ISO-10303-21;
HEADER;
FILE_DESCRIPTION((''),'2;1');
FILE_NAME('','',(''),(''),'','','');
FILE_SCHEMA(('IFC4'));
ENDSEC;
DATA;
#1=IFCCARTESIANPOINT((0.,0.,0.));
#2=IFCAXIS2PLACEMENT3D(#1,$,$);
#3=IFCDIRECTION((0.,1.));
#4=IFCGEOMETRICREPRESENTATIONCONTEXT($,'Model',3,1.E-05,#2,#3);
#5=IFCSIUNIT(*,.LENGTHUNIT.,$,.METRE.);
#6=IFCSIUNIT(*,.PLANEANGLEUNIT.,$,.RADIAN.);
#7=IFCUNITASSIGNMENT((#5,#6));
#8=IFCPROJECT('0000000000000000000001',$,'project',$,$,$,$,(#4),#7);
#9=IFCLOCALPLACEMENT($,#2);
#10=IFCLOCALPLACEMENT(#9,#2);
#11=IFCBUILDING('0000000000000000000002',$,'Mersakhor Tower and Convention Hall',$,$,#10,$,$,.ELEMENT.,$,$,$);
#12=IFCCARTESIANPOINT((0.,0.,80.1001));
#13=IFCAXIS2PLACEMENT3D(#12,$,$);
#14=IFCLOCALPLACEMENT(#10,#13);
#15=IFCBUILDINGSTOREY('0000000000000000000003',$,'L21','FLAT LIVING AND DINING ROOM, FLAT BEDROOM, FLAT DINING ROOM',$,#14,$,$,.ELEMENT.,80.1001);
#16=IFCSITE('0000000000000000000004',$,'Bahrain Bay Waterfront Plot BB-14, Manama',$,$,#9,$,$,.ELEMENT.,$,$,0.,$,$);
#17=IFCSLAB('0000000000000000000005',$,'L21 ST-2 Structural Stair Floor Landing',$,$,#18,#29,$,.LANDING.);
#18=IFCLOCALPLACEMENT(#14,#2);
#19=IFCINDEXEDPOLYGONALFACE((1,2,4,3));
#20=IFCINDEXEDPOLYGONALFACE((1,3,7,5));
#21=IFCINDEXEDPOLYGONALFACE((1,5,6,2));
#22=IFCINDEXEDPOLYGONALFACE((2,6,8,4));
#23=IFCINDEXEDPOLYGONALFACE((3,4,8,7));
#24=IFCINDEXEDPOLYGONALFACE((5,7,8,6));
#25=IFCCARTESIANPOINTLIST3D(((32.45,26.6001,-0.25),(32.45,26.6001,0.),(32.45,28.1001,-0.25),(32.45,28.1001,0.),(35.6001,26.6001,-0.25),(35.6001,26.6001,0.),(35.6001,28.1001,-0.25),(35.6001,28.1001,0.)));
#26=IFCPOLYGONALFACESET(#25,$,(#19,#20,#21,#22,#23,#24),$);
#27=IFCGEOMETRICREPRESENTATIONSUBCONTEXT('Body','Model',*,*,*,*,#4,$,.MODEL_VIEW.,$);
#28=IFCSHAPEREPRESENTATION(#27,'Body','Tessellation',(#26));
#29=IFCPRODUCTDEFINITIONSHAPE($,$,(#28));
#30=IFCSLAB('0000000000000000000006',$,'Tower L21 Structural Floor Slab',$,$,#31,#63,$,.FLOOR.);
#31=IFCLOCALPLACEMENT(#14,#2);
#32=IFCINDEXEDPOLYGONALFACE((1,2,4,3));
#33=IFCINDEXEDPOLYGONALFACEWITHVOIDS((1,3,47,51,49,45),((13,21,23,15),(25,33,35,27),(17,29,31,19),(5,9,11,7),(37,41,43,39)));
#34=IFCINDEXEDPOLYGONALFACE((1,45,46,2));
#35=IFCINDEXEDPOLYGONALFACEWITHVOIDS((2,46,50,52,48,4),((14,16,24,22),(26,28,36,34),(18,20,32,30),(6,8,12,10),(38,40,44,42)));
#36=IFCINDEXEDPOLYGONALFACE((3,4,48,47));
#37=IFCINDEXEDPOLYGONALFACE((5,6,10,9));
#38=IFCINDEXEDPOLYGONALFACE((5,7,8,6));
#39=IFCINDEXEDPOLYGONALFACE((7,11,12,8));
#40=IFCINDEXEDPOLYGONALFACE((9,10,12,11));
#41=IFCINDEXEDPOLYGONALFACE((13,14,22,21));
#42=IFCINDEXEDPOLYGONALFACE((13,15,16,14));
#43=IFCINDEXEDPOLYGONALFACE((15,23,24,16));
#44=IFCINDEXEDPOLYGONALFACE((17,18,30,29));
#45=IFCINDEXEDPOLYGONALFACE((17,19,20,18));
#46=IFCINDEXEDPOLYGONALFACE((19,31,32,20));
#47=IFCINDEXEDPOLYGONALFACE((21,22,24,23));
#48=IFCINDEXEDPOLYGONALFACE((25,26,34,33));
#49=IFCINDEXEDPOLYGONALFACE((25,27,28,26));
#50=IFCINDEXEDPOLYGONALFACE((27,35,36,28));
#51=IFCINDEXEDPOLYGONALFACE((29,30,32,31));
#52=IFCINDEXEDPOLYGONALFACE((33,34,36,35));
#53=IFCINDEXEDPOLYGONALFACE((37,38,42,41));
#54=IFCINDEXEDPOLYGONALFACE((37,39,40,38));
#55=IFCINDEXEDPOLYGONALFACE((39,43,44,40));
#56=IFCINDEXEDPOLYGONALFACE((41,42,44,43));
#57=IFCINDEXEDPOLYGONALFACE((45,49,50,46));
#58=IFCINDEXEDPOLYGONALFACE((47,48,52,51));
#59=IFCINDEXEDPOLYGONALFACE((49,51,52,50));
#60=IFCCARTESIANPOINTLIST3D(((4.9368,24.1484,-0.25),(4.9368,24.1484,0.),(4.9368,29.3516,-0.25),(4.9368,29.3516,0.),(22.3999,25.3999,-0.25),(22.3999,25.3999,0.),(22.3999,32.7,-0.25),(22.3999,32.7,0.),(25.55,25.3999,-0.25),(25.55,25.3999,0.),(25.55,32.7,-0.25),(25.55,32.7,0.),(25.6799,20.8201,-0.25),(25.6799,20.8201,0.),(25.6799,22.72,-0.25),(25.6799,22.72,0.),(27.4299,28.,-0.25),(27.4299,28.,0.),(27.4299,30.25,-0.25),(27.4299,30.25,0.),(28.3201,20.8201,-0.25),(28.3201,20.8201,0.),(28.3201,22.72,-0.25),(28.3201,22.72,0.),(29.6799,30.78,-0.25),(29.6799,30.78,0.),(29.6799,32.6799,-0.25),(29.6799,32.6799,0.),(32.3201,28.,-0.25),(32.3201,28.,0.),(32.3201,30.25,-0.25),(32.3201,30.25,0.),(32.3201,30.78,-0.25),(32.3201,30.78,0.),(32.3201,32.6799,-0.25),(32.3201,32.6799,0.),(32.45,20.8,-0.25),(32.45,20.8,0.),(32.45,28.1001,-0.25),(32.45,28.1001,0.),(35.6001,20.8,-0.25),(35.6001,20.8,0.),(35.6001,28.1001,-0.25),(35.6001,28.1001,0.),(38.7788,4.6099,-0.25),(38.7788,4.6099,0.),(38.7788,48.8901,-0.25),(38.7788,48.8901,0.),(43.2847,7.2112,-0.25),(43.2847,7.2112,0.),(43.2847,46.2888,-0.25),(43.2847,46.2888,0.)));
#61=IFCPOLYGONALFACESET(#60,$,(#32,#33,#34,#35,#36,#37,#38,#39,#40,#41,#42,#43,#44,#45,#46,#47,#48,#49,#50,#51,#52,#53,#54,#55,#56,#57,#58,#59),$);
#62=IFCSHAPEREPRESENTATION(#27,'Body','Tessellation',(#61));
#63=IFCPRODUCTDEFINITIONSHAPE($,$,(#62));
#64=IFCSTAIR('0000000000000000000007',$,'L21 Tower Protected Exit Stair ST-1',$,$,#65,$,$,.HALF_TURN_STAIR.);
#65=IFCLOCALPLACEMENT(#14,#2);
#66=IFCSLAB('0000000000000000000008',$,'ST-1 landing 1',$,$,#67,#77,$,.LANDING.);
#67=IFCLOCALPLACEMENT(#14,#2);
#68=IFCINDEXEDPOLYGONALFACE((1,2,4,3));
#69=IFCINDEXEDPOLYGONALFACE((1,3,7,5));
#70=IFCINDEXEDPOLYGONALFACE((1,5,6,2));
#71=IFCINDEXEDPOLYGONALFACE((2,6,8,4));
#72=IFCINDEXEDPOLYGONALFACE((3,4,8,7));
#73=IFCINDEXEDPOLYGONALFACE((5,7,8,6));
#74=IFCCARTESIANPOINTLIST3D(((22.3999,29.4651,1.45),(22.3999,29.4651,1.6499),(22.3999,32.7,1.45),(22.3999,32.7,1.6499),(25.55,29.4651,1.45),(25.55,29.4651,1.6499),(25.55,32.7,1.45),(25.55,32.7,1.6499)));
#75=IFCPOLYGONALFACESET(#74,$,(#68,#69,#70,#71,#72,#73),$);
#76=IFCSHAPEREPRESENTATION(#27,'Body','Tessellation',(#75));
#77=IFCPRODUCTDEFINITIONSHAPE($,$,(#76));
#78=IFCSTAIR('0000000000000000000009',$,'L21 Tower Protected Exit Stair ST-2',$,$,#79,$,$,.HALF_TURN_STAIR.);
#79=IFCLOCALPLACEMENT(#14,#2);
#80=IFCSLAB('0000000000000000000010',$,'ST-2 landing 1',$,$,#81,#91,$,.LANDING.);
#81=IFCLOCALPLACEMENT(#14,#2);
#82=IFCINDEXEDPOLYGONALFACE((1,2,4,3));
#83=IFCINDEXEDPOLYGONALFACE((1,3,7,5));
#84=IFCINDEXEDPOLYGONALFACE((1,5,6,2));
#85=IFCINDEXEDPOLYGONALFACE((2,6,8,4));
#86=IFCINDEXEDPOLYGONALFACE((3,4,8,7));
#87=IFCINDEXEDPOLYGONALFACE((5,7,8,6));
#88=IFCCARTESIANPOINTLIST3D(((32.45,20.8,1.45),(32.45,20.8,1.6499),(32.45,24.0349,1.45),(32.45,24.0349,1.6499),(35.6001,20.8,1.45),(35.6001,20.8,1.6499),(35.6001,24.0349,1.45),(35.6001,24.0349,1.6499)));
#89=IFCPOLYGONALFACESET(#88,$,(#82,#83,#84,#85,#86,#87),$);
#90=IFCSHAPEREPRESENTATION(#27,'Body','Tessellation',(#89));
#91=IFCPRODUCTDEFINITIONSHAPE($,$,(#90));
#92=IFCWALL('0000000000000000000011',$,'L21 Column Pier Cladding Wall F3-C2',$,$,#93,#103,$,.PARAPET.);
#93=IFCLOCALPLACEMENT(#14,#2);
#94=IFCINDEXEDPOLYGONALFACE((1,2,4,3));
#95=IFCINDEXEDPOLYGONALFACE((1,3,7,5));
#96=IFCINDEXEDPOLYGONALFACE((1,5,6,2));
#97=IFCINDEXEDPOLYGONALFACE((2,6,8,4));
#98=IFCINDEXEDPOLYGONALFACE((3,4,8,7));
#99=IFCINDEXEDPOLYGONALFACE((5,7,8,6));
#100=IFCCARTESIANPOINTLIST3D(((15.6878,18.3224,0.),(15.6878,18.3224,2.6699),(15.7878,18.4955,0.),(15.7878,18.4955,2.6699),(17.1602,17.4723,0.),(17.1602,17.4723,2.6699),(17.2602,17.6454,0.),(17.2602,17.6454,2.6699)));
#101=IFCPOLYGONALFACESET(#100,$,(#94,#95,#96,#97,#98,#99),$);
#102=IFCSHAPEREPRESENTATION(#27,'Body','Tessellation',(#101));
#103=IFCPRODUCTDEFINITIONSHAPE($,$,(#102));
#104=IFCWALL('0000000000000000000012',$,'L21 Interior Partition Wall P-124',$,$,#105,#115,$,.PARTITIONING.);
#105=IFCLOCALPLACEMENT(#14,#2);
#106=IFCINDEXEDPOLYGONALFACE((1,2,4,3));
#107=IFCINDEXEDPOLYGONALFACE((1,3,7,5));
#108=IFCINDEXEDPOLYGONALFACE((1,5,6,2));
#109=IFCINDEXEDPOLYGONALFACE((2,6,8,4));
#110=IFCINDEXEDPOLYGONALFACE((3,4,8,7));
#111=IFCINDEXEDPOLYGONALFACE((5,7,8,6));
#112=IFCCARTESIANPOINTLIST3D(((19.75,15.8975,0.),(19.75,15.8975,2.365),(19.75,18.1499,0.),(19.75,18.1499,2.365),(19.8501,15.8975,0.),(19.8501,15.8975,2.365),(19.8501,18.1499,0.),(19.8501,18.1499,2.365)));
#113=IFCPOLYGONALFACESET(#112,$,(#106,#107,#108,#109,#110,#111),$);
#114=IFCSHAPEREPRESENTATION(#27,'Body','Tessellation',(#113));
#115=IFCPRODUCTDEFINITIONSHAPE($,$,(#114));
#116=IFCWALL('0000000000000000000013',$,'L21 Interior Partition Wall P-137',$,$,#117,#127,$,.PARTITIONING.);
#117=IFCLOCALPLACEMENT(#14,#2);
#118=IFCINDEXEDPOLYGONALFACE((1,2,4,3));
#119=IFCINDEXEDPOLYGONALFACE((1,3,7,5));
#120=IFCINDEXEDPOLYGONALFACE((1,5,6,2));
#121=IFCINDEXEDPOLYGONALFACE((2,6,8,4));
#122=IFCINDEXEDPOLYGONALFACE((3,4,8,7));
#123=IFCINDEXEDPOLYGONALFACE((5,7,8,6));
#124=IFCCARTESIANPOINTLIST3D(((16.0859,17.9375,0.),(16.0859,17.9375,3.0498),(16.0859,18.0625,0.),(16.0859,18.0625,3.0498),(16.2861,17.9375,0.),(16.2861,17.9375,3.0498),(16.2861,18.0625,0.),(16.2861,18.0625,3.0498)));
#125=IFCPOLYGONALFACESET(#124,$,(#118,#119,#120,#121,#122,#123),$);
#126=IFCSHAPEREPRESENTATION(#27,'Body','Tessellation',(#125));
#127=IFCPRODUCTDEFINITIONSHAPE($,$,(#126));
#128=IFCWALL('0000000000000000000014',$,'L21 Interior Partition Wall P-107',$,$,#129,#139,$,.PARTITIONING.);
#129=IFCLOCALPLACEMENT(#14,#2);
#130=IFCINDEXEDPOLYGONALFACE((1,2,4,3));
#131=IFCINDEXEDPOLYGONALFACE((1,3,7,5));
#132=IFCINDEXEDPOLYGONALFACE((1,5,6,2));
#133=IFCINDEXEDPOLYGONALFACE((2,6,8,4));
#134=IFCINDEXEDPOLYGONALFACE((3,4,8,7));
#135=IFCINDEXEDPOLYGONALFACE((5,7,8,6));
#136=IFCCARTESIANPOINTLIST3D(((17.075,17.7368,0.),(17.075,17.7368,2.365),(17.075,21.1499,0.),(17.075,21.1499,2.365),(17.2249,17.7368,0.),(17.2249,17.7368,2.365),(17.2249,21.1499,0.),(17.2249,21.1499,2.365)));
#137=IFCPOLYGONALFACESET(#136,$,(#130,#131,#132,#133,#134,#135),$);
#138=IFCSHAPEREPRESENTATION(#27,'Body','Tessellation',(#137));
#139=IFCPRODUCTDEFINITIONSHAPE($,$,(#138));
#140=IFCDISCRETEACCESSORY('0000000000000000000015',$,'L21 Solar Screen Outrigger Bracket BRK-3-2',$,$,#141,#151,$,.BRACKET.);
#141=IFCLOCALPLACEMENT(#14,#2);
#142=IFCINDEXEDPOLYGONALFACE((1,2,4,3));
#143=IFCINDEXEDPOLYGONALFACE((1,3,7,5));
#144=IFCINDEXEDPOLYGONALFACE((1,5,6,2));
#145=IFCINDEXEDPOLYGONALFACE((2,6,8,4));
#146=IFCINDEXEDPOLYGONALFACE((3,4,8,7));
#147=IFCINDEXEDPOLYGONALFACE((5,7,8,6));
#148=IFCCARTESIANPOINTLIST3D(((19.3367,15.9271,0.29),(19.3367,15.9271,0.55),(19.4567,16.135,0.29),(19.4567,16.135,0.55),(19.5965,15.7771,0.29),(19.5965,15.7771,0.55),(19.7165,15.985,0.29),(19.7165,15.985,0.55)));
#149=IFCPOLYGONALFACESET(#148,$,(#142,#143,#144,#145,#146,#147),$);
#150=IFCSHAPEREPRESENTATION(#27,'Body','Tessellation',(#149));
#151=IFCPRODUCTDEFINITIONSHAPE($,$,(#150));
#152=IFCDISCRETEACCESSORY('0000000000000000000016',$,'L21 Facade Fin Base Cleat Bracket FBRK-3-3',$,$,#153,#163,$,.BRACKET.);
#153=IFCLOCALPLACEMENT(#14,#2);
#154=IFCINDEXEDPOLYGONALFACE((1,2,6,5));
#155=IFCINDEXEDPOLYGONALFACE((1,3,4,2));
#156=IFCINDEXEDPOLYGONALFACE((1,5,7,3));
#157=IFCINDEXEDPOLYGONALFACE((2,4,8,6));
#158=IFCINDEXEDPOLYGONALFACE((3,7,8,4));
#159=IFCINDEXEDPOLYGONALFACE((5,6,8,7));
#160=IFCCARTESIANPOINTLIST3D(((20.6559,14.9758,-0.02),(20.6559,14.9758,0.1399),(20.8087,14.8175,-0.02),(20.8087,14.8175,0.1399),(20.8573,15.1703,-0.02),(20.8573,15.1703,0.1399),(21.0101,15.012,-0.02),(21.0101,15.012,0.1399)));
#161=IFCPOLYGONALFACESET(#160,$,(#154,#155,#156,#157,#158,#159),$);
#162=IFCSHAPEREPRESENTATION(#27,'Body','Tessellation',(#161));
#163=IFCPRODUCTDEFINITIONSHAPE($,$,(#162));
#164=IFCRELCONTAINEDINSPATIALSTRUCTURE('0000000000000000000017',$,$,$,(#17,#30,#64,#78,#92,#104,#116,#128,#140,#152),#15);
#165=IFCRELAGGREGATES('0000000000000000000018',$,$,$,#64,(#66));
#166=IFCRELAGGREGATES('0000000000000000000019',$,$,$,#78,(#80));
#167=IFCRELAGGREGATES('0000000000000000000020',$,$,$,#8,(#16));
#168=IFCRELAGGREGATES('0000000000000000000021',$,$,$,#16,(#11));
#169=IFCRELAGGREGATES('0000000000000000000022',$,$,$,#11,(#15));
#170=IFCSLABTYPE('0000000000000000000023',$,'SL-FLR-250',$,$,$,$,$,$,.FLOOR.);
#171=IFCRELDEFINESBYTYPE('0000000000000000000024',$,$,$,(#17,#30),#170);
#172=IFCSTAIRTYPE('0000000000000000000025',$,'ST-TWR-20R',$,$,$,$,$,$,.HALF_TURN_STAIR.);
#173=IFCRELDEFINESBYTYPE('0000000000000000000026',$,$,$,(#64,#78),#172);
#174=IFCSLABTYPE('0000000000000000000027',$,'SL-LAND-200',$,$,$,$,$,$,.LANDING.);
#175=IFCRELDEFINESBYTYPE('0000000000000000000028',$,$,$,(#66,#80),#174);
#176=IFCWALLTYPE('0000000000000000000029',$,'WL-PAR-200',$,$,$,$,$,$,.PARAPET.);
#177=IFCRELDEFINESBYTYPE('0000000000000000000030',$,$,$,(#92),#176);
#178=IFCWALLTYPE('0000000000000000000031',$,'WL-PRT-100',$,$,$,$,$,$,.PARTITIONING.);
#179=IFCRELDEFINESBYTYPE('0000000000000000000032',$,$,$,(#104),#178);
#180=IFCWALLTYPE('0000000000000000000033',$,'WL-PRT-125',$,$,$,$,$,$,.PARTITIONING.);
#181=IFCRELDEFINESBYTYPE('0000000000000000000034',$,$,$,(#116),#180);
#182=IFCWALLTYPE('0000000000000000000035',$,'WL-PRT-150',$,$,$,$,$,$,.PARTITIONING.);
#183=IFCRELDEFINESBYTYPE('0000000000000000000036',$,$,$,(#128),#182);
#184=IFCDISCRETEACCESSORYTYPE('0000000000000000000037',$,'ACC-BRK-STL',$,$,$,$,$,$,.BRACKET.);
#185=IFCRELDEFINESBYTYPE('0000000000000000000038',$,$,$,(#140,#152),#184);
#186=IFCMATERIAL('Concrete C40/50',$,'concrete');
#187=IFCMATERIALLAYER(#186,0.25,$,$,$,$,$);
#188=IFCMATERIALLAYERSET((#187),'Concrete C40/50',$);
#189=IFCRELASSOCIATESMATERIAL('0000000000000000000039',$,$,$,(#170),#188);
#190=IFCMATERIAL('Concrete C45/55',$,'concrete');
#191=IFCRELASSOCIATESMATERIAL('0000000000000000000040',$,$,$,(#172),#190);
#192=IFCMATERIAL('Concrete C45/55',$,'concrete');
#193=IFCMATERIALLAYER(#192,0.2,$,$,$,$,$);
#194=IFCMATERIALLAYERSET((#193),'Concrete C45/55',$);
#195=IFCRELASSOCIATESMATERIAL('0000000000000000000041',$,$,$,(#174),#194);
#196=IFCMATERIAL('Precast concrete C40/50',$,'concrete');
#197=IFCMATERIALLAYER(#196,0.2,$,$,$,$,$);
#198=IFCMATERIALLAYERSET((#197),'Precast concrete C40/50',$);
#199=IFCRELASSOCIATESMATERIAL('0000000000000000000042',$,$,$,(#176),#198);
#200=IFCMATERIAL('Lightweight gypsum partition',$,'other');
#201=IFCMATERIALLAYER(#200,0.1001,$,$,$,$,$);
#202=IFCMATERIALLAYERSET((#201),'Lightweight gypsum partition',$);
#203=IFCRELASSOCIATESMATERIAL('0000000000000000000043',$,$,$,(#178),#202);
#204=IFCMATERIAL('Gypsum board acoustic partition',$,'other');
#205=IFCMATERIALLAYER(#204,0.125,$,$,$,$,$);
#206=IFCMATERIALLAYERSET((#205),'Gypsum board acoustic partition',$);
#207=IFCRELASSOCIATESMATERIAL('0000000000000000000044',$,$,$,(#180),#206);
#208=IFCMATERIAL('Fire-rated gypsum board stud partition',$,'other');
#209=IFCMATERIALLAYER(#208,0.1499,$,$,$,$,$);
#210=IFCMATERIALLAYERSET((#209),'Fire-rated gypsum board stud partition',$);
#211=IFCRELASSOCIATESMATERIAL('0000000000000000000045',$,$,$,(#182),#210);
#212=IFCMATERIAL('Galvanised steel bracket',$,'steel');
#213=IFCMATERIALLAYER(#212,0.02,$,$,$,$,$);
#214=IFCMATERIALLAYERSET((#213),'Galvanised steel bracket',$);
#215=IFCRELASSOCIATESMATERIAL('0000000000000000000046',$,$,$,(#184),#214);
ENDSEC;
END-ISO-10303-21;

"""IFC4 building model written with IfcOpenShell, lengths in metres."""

from ifc_helpers import new_model, si_unit, direction, frame, frame_2d, origin, origin_2d, place, context, subcontext, project, spatial, polyline, rectangle, outline, extrude, material, layer, layer_set, type_object, element, aggregate, save


model = new_model("IFC4")

# Units and contexts
model_context = context("Model", 3, precision=1e-05, world=origin(), true_north=direction((0.0, 1.0)))
body_context = subcontext(model_context, "Body", "Model", "MODEL_VIEW")
ifc_project = project(units=[si_unit("LENGTHUNIT", "METRE"), si_unit("PLANEANGLEUNIT", "RADIAN")], contexts=[model_context])

# Site, building, storey
site_placement = place(None, origin())
site = spatial("IfcSite", under=ifc_project, at=site_placement, Name="Bahrain Bay Waterfront Plot BB-14, Manama", CompositionType="ELEMENT", RefElevation=0.0)
building_placement = place(site_placement, origin())
building = spatial("IfcBuilding", under=site, at=building_placement, Name="Mersakhor Tower and Convention Hall", CompositionType="ELEMENT")
storey_placement = place(building_placement, frame((0.0, 0.0, 80.1001)))
storey = spatial("IfcBuildingStorey", under=building, at=storey_placement, Name="L21", Description="FLAT LIVING AND DINING ROOM, FLAT BEDROOM, FLAT DINING ROOM", CompositionType="ELEMENT", Elevation=80.1001)

# Slabs
ifc_material_1 = material(Name="Concrete C40/50", Category="concrete")
ifc_layer_1 = layer(ifc_material_1, 0.25)
ifc_layer_set_1 = layer_set([ifc_layer_1], Name="Concrete C40/50")
slab_type_1 = type_object("IfcSlabType", Name="SL-FLR-250", PredefinedType="FLOOR", material=ifc_layer_set_1)
slab_1_placement = place(storey_placement, frame((0.0, 0.0, -0.25)))
element("IfcSlab", 1, at=slab_1_placement, inside=storey, type_object=slab_type_1, Name="L21 ST-2 Structural Stair Floor Landing", PredefinedType="LANDING", context=body_context, shape_type="SweptSolid", body=[
    extrude(outline(polyline([(32.45, 28.1001), (32.45, 26.6001), (35.6001, 26.6001), (35.6001, 28.1001), (32.45, 28.1001)])), origin(), (0.0, 0.0, 1.0), 0.25),
])
slab_2_placement = place(storey_placement, frame((0.0, 0.0, -0.25)))
element("IfcSlab", 2, at=slab_2_placement, inside=storey, type_object=slab_type_1, Name="Tower L21 Structural Floor Slab", PredefinedType="FLOOR", context=body_context, shape_type="SweptSolid", body=[
    extrude(outline(polyline([(4.9368, 29.3516), (38.7788, 48.8901), (43.2847, 46.2888), (43.2847, 7.2112), (38.7788, 4.6099), (4.9368, 24.1484), (4.9368, 29.3516)]), holes=[polyline([(25.55, 25.3999), (25.55, 32.7), (22.3999, 32.7), (22.3999, 25.3999), (25.55, 25.3999)]), polyline([(32.45, 28.1001), (32.45, 20.8), (35.6001, 20.8), (35.6001, 28.1001), (32.45, 28.1001)]), polyline([(25.6799, 20.8201), (25.6799, 22.72), (28.3201, 22.72), (28.3201, 20.8201), (25.6799, 20.8201)]), polyline([(29.6799, 30.78), (29.6799, 32.6799), (32.3201, 32.6799), (32.3201, 30.78), (29.6799, 30.78)]), polyline([(27.4299, 28.0), (27.4299, 30.25), (32.3201, 30.25), (32.3201, 28.0), (27.4299, 28.0)])]), origin(), (0.0, 0.0, 1.0), 0.25),
])

# Stairs, slabs
ifc_material_2 = material(Name="Concrete C45/55", Category="concrete")
stair_type = type_object("IfcStairType", Name="ST-TWR-20R", PredefinedType="HALF_TURN_STAIR", material=ifc_material_2)
stair_1_placement = place(storey_placement, origin())
stair_1 = element("IfcStair", 3, at=stair_1_placement, inside=storey, type_object=stair_type, Name="L21 Tower Protected Exit Stair ST-1", PredefinedType="HALF_TURN_STAIR")
ifc_material_3 = material(Name="Concrete C45/55", Category="concrete")
ifc_layer_2 = layer(ifc_material_3, 0.2)
ifc_layer_set_2 = layer_set([ifc_layer_2], Name="Concrete C45/55")
slab_type_2 = type_object("IfcSlabType", Name="SL-LAND-200", PredefinedType="LANDING", material=ifc_layer_set_2)
slab_3_placement = place(storey_placement, frame((0.0, 0.0, 1.45)))
slab_3 = element("IfcSlab", 4, at=slab_3_placement, type_object=slab_type_2, Name="ST-1 landing 1", PredefinedType="LANDING", context=body_context, shape_type="SweptSolid", body=[
    extrude(outline(polyline([(25.55, 29.4651), (25.55, 32.7), (22.3999, 32.7), (22.3999, 29.4651), (25.55, 29.4651)])), origin(), (0.0, 0.0, 1.0), 0.2),
])
aggregate(stair_1, [slab_3])
stair_2_placement = place(storey_placement, origin())
stair_2 = element("IfcStair", 5, at=stair_2_placement, inside=storey, type_object=stair_type, Name="L21 Tower Protected Exit Stair ST-2", PredefinedType="HALF_TURN_STAIR")
slab_4_placement = place(storey_placement, frame((0.0, 0.0, 1.45)))
slab_4 = element("IfcSlab", 6, at=slab_4_placement, type_object=slab_type_2, Name="ST-2 landing 1", PredefinedType="LANDING", context=body_context, shape_type="SweptSolid", body=[
    extrude(outline(polyline([(32.45, 24.0349), (32.45, 20.8), (35.6001, 20.8), (35.6001, 24.0349), (32.45, 24.0349)])), origin(), (0.0, 0.0, 1.0), 0.2),
])
aggregate(stair_2, [slab_4])

# Walls
ifc_material_4 = material(Name="Precast concrete C40/50", Category="concrete")
ifc_layer_3 = layer(ifc_material_4, 0.2)
ifc_layer_set_3 = layer_set([ifc_layer_3], Name="Precast concrete C40/50")
wall_type_1 = type_object("IfcWallType", Name="WL-PAR-200", PredefinedType="PARAPET", material=ifc_layer_set_3)
wall_1_placement = place(storey_placement, frame((17.2102, 17.5588, 0.0), z_axis=(0.0, 0.0, 1.0), x_axis=(-0.866025, 0.5, 0.0)))
element("IfcWall", 7, at=wall_1_placement, inside=storey, type_object=wall_type_1, Name="L21 Column Pier Cladding Wall F3-C2", PredefinedType="PARAPET", context=body_context, shape_type="SweptSolid", body=[
    extrude(rectangle(XDim=1.7002, YDim=0.2, at=frame_2d((0.8501, 0.0))), origin(), (0.0, 0.0, 1.0), 2.6699),
])
ifc_material_5 = material(Name="Lightweight gypsum partition", Category="other")
ifc_layer_4 = layer(ifc_material_5, 0.1001)
ifc_layer_set_4 = layer_set([ifc_layer_4], Name="Lightweight gypsum partition")
wall_type_2 = type_object("IfcWallType", Name="WL-PRT-100", PredefinedType="PARTITIONING", material=ifc_layer_set_4)
wall_2_placement = place(storey_placement, frame((19.8, 15.8975, 0.0), z_axis=(0.0, 0.0, 1.0), x_axis=(0.0, 1.0, 0.0)))
element("IfcWall", 8, at=wall_2_placement, inside=storey, type_object=wall_type_2, Name="L21 Interior Partition Wall P-124", PredefinedType="PARTITIONING", context=body_context, shape_type="SweptSolid", body=[
    extrude(rectangle(XDim=2.2524, YDim=0.1001, at=frame_2d((1.1262, 0.0))), origin(), (0.0, 0.0, 1.0), 2.365),
])
ifc_material_6 = material(Name="Gypsum board acoustic partition", Category="other")
ifc_layer_5 = layer(ifc_material_6, 0.125)
ifc_layer_set_5 = layer_set([ifc_layer_5], Name="Gypsum board acoustic partition")
wall_type_3 = type_object("IfcWallType", Name="WL-PRT-125", PredefinedType="PARTITIONING", material=ifc_layer_set_5)
wall_3_placement = place(storey_placement, frame((16.2861, 18.0, 0.0), z_axis=(0.0, 0.0, 1.0), x_axis=(-1.0, 0.0, 0.0)))
element("IfcWall", 9, at=wall_3_placement, inside=storey, type_object=wall_type_3, Name="L21 Interior Partition Wall P-137", PredefinedType="PARTITIONING", context=body_context, shape_type="SweptSolid", body=[
    extrude(rectangle(XDim=0.2002, YDim=0.125, at=frame_2d((0.1001, 0.0))), origin(), (0.0, 0.0, 1.0), 3.0498),
])
ifc_material_7 = material(Name="Fire-rated gypsum board stud partition", Category="other")
ifc_layer_6 = layer(ifc_material_7, 0.1499)
ifc_layer_set_6 = layer_set([ifc_layer_6], Name="Fire-rated gypsum board stud partition")
wall_type_4 = type_object("IfcWallType", Name="WL-PRT-150", PredefinedType="PARTITIONING", material=ifc_layer_set_6)
wall_4_placement = place(storey_placement, frame((17.1499, 17.7368, 0.0), z_axis=(0.0, 0.0, 1.0), x_axis=(0.0, 1.0, 0.0)))
element("IfcWall", 10, at=wall_4_placement, inside=storey, type_object=wall_type_4, Name="L21 Interior Partition Wall P-107", PredefinedType="PARTITIONING", context=body_context, shape_type="SweptSolid", body=[
    extrude(rectangle(XDim=3.4131, YDim=0.1499, at=frame_2d((1.7065, 0.0))), origin(), (0.0, 0.0, 1.0), 2.365),
])

# Discrete accessories
ifc_material_8 = material(Name="Galvanised steel bracket", Category="steel")
ifc_layer_7 = layer(ifc_material_8, 0.02)
ifc_layer_set_7 = layer_set([ifc_layer_7], Name="Galvanised steel bracket")
discrete_accessory_type = type_object("IfcDiscreteAccessoryType", Name="ACC-BRK-STL", PredefinedType="BRACKET", material=ifc_layer_set_7)
discrete_accessory_1_placement = place(storey_placement, frame((19.5266, 15.9561, 0.29), z_axis=(0.0, 0.0, 1.0), x_axis=(-0.866025, 0.5, 0.0)))
element("IfcDiscreteAccessory", 11, at=discrete_accessory_1_placement, inside=storey, type_object=discrete_accessory_type, Name="L21 Solar Screen Outrigger Bracket BRK-3-2", PredefinedType="BRACKET", context=body_context, shape_type="SweptSolid", body=[
    extrude(rectangle(XDim=0.3, YDim=0.24, at=origin_2d()), origin(), (0.0, 0.0, 1.0), 0.26),
])
discrete_accessory_2_placement = place(storey_placement, frame((20.833, 14.9939, -0.02), z_axis=(0.0, 0.0, 1.0), x_axis=(-0.71934, -0.694658, 0.0)))
element("IfcDiscreteAccessory", 12, at=discrete_accessory_2_placement, inside=storey, type_object=discrete_accessory_type, Name="L21 Facade Fin Base Cleat Bracket FBRK-3-3", PredefinedType="BRACKET", context=body_context, shape_type="SweptSolid", body=[
    extrude(rectangle(XDim=0.28, YDim=0.22, at=origin_2d()), origin(), (0.0, 0.0, 1.0), 0.1599),
])

save(model, "model.ifc")
